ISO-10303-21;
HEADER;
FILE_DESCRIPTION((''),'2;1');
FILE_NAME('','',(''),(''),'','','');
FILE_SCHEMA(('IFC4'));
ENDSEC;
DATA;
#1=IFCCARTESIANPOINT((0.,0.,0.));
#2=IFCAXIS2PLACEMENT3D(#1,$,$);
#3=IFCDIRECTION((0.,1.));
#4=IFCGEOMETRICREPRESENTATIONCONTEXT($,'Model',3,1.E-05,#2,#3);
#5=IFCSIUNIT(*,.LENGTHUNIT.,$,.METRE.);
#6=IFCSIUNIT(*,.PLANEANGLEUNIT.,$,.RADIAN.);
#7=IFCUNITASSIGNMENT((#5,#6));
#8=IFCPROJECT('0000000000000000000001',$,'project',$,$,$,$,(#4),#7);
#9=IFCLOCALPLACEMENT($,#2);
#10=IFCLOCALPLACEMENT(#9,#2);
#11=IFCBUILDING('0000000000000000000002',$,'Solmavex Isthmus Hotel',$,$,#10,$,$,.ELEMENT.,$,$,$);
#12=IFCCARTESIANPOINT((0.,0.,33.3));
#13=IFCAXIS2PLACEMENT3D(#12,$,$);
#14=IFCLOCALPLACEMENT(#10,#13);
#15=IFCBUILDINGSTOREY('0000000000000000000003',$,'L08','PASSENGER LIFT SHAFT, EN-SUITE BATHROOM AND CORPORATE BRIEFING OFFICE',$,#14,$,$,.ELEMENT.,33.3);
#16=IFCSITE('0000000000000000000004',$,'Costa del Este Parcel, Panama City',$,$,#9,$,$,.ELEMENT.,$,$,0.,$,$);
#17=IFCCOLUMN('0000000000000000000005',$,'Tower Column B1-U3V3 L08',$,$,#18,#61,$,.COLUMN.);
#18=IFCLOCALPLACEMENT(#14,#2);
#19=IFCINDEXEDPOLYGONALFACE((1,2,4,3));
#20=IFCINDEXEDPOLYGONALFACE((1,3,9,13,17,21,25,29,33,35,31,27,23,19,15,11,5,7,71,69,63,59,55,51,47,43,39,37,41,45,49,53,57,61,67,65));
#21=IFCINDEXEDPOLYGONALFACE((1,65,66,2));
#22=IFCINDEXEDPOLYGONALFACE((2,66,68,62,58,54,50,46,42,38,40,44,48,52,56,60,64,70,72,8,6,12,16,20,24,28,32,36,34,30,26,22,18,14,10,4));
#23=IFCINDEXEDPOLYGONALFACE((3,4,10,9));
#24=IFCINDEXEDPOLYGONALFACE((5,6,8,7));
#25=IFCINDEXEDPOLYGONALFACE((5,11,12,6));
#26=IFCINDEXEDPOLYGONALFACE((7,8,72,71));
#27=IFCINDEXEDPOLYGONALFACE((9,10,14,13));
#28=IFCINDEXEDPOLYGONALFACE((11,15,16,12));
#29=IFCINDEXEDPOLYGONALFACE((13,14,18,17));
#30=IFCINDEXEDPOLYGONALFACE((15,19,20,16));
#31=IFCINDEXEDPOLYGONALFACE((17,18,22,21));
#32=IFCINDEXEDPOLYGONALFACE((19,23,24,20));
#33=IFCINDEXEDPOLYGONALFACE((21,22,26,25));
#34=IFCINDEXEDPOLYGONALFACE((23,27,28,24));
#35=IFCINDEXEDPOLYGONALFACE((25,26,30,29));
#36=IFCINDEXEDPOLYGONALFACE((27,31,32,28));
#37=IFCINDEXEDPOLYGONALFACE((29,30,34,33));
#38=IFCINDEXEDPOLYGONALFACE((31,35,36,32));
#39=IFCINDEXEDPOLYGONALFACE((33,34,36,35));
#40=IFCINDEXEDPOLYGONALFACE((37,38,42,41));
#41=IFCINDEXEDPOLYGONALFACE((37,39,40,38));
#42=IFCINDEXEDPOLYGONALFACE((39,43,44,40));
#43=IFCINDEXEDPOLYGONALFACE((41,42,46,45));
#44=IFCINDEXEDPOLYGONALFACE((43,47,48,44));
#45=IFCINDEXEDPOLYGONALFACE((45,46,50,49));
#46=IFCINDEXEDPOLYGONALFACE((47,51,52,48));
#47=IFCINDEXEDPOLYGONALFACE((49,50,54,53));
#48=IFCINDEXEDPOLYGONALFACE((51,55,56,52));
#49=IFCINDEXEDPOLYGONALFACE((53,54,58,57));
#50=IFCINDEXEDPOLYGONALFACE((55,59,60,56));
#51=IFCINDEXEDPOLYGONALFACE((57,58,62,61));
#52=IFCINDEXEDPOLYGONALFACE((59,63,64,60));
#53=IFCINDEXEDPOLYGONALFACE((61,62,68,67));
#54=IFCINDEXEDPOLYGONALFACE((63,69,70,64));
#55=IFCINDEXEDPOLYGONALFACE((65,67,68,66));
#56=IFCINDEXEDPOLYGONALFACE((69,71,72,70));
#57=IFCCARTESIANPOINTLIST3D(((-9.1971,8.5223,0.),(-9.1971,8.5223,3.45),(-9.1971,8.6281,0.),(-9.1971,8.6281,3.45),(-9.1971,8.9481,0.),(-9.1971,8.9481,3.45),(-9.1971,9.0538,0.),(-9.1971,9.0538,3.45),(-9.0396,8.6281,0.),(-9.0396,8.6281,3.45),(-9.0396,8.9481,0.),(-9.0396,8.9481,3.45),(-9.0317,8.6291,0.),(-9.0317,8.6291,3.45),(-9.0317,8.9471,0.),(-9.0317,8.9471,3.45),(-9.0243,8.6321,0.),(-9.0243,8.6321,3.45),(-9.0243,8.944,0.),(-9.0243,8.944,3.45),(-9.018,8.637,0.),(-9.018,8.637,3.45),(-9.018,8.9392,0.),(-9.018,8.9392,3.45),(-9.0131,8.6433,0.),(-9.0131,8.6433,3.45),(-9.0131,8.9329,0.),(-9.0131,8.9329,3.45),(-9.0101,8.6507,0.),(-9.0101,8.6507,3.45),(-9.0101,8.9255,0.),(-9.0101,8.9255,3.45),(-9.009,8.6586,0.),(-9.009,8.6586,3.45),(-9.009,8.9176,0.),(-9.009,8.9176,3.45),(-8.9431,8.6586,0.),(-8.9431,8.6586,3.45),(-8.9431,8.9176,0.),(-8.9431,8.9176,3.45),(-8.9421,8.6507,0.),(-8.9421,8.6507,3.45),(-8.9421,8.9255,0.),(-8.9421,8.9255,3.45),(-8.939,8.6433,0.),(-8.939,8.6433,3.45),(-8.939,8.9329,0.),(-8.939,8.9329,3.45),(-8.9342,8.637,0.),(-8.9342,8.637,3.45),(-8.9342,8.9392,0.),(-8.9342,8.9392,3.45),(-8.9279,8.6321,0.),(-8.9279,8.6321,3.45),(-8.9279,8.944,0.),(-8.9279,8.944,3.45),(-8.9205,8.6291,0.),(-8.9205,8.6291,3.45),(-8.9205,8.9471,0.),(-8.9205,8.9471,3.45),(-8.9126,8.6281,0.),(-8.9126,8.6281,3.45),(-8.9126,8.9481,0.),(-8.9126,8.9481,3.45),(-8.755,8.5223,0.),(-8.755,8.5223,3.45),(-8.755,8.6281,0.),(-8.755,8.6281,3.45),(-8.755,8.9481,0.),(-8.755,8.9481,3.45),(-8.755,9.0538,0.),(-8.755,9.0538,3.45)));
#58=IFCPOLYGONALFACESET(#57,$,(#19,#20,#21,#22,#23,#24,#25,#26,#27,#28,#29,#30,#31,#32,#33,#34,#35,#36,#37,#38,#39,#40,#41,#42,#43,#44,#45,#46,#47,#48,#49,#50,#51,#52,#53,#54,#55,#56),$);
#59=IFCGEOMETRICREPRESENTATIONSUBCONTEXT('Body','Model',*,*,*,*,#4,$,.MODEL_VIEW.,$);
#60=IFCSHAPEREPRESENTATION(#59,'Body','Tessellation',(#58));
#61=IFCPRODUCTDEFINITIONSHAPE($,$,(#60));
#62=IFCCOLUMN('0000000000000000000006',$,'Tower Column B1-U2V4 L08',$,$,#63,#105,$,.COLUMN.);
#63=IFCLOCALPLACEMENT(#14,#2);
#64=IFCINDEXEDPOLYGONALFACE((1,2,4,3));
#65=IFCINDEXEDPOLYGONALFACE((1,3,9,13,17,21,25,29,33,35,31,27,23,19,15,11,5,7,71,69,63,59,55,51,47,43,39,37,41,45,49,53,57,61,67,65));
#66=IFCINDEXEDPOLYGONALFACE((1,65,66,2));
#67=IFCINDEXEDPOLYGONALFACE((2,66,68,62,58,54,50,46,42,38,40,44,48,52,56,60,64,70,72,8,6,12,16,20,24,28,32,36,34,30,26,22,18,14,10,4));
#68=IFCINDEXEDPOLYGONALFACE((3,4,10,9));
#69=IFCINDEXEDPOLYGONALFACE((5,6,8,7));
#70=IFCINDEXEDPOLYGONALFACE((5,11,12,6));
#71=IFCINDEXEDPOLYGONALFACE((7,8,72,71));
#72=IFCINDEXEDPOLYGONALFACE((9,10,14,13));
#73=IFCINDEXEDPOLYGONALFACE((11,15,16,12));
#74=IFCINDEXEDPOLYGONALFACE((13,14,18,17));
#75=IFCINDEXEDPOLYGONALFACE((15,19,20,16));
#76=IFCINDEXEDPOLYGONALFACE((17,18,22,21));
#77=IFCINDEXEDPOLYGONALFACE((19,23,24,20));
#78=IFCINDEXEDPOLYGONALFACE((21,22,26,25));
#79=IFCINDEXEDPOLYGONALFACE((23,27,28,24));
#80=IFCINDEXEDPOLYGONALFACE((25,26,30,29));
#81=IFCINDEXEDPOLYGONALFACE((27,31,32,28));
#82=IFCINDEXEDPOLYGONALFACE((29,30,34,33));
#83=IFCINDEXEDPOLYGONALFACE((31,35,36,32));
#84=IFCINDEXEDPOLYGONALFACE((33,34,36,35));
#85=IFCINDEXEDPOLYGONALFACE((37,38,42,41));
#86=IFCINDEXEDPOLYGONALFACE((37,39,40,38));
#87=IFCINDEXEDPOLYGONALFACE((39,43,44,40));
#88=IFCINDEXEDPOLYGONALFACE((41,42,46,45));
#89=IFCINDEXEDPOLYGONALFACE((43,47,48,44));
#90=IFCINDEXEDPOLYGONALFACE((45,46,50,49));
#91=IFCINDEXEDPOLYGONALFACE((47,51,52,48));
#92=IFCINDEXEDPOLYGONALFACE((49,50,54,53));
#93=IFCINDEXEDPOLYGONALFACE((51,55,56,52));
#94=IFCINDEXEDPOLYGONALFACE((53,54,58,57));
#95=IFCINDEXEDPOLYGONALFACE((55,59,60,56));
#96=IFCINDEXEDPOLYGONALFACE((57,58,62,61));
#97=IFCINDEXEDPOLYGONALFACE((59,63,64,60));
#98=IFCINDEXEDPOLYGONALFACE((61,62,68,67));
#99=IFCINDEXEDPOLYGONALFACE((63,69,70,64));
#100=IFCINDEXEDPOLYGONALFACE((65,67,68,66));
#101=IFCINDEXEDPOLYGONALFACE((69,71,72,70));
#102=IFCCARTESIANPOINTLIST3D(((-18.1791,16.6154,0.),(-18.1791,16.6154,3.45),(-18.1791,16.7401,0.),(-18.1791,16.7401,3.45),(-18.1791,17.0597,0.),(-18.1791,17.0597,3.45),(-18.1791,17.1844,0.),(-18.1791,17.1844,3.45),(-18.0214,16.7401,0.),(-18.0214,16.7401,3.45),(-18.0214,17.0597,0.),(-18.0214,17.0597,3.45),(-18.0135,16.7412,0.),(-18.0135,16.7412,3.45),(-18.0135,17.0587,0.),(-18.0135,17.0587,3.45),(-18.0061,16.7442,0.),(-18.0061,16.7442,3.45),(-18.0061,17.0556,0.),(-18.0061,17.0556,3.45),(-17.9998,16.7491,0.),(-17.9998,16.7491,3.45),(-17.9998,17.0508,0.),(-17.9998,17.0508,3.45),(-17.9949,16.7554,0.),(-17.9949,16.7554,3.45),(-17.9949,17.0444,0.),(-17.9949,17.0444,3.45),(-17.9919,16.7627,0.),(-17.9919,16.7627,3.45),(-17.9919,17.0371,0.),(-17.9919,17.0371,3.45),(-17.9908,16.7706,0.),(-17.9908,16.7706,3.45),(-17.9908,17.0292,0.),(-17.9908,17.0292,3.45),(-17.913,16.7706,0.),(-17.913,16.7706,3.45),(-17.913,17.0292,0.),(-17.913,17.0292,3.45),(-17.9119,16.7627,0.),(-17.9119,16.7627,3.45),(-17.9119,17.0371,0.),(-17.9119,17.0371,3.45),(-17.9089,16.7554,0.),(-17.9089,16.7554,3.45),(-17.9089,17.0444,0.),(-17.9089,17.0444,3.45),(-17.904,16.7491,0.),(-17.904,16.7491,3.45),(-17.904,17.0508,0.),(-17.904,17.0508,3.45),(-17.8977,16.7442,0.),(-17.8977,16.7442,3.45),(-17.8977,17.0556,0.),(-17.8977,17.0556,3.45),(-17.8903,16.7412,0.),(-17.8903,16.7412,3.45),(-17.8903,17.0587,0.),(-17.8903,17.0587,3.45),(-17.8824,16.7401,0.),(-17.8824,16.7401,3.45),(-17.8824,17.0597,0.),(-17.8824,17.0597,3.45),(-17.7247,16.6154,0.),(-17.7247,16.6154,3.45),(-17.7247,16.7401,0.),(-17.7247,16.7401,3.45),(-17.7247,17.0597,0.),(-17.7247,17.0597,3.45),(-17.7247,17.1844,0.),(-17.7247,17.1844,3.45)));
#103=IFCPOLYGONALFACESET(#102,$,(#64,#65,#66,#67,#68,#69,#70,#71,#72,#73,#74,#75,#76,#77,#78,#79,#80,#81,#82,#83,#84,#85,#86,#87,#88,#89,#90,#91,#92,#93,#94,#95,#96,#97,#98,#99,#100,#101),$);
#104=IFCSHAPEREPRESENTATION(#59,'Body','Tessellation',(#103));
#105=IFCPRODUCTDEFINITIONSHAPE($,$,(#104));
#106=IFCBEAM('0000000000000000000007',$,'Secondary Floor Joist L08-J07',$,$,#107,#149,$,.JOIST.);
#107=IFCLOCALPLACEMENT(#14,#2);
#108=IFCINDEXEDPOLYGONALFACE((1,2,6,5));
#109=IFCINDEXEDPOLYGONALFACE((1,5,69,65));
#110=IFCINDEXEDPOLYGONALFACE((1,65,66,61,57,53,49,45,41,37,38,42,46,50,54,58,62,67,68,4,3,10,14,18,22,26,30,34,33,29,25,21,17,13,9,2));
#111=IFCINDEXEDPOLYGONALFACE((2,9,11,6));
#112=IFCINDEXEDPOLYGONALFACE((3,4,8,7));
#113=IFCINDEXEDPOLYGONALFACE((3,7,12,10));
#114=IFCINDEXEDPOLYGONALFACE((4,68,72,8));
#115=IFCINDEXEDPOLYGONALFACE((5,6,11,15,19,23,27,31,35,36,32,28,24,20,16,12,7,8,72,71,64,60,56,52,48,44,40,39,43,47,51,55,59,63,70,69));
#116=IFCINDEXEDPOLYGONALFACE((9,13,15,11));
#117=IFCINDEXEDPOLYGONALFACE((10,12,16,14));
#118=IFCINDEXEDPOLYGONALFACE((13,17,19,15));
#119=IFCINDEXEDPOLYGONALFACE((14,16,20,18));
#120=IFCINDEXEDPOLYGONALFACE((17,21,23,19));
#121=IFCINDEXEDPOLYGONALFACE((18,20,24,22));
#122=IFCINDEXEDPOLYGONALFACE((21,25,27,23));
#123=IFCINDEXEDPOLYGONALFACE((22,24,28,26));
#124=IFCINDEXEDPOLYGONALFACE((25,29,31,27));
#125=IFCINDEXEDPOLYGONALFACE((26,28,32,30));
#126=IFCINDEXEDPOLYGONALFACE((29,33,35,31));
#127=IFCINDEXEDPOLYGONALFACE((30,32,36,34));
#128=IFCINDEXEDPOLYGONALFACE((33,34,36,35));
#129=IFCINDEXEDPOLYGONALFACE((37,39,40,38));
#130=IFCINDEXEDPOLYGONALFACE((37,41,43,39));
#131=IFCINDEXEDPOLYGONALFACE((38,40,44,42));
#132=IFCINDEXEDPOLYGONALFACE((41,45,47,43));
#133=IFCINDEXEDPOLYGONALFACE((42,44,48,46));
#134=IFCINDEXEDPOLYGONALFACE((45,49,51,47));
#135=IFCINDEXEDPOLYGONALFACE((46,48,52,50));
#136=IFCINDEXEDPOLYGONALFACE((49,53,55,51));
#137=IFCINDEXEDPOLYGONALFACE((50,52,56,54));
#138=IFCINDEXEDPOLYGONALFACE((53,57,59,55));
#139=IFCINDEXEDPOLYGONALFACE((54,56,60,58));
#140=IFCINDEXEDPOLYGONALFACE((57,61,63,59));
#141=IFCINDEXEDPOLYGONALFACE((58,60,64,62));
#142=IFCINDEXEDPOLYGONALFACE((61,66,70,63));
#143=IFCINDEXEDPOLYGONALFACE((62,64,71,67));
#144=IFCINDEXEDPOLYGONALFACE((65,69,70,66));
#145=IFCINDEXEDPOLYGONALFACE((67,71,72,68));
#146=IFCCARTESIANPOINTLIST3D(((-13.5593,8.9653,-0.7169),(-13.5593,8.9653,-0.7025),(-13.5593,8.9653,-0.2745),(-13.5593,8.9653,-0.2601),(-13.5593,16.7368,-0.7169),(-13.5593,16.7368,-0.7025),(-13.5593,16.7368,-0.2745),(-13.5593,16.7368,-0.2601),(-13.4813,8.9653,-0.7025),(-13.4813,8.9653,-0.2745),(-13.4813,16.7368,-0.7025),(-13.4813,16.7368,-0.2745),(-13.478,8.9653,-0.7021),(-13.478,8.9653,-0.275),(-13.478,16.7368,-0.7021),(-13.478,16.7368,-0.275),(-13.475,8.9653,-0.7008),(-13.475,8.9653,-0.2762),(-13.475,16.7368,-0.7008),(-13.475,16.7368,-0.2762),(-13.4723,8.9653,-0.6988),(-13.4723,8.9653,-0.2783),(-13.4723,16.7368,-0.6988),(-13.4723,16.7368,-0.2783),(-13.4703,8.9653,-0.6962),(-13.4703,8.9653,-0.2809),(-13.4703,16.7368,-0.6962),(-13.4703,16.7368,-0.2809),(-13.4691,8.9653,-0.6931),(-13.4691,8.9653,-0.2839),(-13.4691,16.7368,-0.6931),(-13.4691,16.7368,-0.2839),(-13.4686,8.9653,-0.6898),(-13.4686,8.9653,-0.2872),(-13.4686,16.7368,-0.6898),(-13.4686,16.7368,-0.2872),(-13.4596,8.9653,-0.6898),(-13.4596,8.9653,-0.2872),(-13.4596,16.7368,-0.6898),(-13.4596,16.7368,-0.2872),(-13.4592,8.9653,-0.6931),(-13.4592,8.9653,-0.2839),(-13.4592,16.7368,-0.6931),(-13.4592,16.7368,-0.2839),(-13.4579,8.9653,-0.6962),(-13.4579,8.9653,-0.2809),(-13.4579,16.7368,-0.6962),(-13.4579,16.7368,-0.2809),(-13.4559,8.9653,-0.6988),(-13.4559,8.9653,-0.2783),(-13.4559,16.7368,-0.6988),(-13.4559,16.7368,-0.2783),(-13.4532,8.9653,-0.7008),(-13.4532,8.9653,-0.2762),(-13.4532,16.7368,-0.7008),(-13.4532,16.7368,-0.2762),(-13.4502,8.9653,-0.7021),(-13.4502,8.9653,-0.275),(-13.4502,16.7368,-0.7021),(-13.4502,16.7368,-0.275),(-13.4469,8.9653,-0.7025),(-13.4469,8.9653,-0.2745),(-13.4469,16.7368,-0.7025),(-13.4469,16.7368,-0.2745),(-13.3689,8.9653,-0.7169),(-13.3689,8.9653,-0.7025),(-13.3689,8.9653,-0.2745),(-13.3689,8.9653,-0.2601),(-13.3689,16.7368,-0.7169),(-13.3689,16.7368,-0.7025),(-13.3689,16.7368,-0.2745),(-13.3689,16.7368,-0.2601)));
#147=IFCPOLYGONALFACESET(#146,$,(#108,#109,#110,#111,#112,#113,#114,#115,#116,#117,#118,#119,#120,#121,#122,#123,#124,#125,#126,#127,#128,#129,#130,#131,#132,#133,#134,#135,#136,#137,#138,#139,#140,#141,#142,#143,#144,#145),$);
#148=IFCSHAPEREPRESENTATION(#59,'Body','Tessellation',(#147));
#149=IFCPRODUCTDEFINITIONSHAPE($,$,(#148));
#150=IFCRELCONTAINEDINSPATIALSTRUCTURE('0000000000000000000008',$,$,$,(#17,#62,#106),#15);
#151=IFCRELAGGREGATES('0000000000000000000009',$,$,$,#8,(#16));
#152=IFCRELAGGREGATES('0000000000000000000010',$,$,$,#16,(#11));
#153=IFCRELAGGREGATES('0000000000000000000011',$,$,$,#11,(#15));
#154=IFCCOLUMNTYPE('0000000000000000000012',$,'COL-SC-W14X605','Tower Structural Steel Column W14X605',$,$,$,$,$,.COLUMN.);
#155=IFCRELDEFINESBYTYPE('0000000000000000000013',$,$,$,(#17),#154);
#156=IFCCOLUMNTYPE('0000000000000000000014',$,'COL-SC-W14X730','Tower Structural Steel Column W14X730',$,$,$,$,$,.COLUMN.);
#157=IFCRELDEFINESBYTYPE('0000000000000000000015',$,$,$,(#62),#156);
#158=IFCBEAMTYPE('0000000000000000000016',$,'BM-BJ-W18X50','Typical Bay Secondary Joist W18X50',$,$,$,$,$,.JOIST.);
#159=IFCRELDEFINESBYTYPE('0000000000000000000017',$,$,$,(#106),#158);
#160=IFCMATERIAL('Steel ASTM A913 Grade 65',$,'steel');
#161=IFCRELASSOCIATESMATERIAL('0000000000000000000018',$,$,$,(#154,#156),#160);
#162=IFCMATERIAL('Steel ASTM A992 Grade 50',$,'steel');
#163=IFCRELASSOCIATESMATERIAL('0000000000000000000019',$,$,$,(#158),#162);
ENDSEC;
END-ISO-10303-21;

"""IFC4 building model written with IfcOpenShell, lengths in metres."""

from ifc_helpers import new_model, si_unit, direction, frame, origin, origin_2d, place, context, subcontext, project, spatial, i_section, extrude, material, material_profile, profile_set, type_object, element, save


model = new_model("IFC4")

# Units and contexts
model_context = context("Model", 3, precision=1e-05, world=origin(), true_north=direction((0.0, 1.0)))
body_context = subcontext(model_context, "Body", "Model", "MODEL_VIEW")
ifc_project = project(units=[si_unit("LENGTHUNIT", "METRE"), si_unit("PLANEANGLEUNIT", "RADIAN")], contexts=[model_context])

# Site, building, storey
site_placement = place(None, origin())
site = spatial("IfcSite", under=ifc_project, at=site_placement, Name="Costa del Este Parcel, Panama City", CompositionType="ELEMENT", RefElevation=0.0)
building_placement = place(site_placement, origin())
building = spatial("IfcBuilding", under=site, at=building_placement, Name="Solmavex Isthmus Hotel", CompositionType="ELEMENT")
storey_placement = place(building_placement, frame((0.0, 0.0, 33.3)))
storey = spatial("IfcBuildingStorey", under=building, at=storey_placement, Name="L08", Description="PASSENGER LIFT SHAFT, EN-SUITE BATHROOM AND CORPORATE BRIEFING OFFICE", CompositionType="ELEMENT", Elevation=33.3)

# Columns
ifc_material_1 = material(Name="Steel ASTM A913 Grade 65", Category="steel")
ifc_material_profile_1 = material_profile(ifc_material_1, i_section(OverallWidth=0.4421, OverallDepth=0.5315, WebThickness=0.0659, FlangeThickness=0.1057, FilletRadius=0.0305, at=origin_2d()), Name="W14X605")
ifc_profile_set_1 = profile_set([ifc_material_profile_1], Name="Steel ASTM A913 Grade 65")
column_type_1 = type_object("IfcColumnType", Name="COL-SC-W14X605", Description="Tower Structural Steel Column W14X605", PredefinedType="COLUMN", material=ifc_profile_set_1)
column_1_placement = place(storey_placement, frame((-8.9761, 8.7881, 0.0), z_axis=(0.0, 0.0, 1.0), x_axis=(1.0, 0.0, 0.0)))
element("IfcColumn", 1, at=column_1_placement, inside=storey, type_object=column_type_1, Name="Tower Column B1-U3V3 L08", PredefinedType="COLUMN", context=body_context, shape_type="SweptSolid", body=[
    extrude(i_section(OverallWidth=0.4421, OverallDepth=0.5315, WebThickness=0.0659, FlangeThickness=0.1057, FilletRadius=0.0305, at=origin_2d()), origin(), (0.0, 0.0, 1.0), 3.45),
])
ifc_material_profile_2 = material_profile(ifc_material_1, i_section(OverallWidth=0.4543, OverallDepth=0.5691, WebThickness=0.0779, FlangeThickness=0.1248, FilletRadius=0.0305, at=origin_2d()), Name="W14X730")
ifc_profile_set_2 = profile_set([ifc_material_profile_2], Name="Steel ASTM A913 Grade 65")
column_type_2 = type_object("IfcColumnType", Name="COL-SC-W14X730", Description="Tower Structural Steel Column W14X730", PredefinedType="COLUMN", material=ifc_profile_set_2)
column_2_placement = place(storey_placement, frame((-17.9519, 16.8999, 0.0), z_axis=(0.0, 0.0, 1.0), x_axis=(1.0, 0.0, 0.0)))
element("IfcColumn", 2, at=column_2_placement, inside=storey, type_object=column_type_2, Name="Tower Column B1-U2V4 L08", PredefinedType="COLUMN", context=body_context, shape_type="SweptSolid", body=[
    extrude(i_section(OverallWidth=0.4543, OverallDepth=0.5691, WebThickness=0.0779, FlangeThickness=0.1248, FilletRadius=0.0305, at=origin_2d()), origin(), (0.0, 0.0, 1.0), 3.45),
])

# Beam
ifc_material_2 = material(Name="Steel ASTM A992 Grade 50", Category="steel")
ifc_material_profile_3 = material_profile(ifc_material_2, i_section(OverallWidth=0.1904, OverallDepth=0.4568, WebThickness=0.009, FlangeThickness=0.0144, FilletRadius=0.0127, at=origin_2d()), Name="W18X50")
ifc_profile_set_3 = profile_set([ifc_material_profile_3], Name="Steel ASTM A992 Grade 50")
beam_type_1 = type_object("IfcBeamType", Name="BM-BJ-W18X50", Description="Typical Bay Secondary Joist W18X50", PredefinedType="JOIST", material=ifc_profile_set_3)
beam_1_placement = place(storey_placement, frame((-13.4641, 8.9653, -0.4885), z_axis=(0.0, 1.0, 0.0), x_axis=(-1.0, 0.0, 0.0)))
element("IfcBeam", 3, at=beam_1_placement, inside=storey, type_object=beam_type_1, Name="Secondary Floor Joist L08-J07", PredefinedType="JOIST", context=body_context, shape_type="SweptSolid", body=[
    extrude(i_section(OverallWidth=0.1904, OverallDepth=0.4568, WebThickness=0.009, FlangeThickness=0.0144, FilletRadius=0.0127, at=origin_2d()), origin(), (0.0, 0.0, 1.0), 7.7715),
])

save(model, "model.ifc")
